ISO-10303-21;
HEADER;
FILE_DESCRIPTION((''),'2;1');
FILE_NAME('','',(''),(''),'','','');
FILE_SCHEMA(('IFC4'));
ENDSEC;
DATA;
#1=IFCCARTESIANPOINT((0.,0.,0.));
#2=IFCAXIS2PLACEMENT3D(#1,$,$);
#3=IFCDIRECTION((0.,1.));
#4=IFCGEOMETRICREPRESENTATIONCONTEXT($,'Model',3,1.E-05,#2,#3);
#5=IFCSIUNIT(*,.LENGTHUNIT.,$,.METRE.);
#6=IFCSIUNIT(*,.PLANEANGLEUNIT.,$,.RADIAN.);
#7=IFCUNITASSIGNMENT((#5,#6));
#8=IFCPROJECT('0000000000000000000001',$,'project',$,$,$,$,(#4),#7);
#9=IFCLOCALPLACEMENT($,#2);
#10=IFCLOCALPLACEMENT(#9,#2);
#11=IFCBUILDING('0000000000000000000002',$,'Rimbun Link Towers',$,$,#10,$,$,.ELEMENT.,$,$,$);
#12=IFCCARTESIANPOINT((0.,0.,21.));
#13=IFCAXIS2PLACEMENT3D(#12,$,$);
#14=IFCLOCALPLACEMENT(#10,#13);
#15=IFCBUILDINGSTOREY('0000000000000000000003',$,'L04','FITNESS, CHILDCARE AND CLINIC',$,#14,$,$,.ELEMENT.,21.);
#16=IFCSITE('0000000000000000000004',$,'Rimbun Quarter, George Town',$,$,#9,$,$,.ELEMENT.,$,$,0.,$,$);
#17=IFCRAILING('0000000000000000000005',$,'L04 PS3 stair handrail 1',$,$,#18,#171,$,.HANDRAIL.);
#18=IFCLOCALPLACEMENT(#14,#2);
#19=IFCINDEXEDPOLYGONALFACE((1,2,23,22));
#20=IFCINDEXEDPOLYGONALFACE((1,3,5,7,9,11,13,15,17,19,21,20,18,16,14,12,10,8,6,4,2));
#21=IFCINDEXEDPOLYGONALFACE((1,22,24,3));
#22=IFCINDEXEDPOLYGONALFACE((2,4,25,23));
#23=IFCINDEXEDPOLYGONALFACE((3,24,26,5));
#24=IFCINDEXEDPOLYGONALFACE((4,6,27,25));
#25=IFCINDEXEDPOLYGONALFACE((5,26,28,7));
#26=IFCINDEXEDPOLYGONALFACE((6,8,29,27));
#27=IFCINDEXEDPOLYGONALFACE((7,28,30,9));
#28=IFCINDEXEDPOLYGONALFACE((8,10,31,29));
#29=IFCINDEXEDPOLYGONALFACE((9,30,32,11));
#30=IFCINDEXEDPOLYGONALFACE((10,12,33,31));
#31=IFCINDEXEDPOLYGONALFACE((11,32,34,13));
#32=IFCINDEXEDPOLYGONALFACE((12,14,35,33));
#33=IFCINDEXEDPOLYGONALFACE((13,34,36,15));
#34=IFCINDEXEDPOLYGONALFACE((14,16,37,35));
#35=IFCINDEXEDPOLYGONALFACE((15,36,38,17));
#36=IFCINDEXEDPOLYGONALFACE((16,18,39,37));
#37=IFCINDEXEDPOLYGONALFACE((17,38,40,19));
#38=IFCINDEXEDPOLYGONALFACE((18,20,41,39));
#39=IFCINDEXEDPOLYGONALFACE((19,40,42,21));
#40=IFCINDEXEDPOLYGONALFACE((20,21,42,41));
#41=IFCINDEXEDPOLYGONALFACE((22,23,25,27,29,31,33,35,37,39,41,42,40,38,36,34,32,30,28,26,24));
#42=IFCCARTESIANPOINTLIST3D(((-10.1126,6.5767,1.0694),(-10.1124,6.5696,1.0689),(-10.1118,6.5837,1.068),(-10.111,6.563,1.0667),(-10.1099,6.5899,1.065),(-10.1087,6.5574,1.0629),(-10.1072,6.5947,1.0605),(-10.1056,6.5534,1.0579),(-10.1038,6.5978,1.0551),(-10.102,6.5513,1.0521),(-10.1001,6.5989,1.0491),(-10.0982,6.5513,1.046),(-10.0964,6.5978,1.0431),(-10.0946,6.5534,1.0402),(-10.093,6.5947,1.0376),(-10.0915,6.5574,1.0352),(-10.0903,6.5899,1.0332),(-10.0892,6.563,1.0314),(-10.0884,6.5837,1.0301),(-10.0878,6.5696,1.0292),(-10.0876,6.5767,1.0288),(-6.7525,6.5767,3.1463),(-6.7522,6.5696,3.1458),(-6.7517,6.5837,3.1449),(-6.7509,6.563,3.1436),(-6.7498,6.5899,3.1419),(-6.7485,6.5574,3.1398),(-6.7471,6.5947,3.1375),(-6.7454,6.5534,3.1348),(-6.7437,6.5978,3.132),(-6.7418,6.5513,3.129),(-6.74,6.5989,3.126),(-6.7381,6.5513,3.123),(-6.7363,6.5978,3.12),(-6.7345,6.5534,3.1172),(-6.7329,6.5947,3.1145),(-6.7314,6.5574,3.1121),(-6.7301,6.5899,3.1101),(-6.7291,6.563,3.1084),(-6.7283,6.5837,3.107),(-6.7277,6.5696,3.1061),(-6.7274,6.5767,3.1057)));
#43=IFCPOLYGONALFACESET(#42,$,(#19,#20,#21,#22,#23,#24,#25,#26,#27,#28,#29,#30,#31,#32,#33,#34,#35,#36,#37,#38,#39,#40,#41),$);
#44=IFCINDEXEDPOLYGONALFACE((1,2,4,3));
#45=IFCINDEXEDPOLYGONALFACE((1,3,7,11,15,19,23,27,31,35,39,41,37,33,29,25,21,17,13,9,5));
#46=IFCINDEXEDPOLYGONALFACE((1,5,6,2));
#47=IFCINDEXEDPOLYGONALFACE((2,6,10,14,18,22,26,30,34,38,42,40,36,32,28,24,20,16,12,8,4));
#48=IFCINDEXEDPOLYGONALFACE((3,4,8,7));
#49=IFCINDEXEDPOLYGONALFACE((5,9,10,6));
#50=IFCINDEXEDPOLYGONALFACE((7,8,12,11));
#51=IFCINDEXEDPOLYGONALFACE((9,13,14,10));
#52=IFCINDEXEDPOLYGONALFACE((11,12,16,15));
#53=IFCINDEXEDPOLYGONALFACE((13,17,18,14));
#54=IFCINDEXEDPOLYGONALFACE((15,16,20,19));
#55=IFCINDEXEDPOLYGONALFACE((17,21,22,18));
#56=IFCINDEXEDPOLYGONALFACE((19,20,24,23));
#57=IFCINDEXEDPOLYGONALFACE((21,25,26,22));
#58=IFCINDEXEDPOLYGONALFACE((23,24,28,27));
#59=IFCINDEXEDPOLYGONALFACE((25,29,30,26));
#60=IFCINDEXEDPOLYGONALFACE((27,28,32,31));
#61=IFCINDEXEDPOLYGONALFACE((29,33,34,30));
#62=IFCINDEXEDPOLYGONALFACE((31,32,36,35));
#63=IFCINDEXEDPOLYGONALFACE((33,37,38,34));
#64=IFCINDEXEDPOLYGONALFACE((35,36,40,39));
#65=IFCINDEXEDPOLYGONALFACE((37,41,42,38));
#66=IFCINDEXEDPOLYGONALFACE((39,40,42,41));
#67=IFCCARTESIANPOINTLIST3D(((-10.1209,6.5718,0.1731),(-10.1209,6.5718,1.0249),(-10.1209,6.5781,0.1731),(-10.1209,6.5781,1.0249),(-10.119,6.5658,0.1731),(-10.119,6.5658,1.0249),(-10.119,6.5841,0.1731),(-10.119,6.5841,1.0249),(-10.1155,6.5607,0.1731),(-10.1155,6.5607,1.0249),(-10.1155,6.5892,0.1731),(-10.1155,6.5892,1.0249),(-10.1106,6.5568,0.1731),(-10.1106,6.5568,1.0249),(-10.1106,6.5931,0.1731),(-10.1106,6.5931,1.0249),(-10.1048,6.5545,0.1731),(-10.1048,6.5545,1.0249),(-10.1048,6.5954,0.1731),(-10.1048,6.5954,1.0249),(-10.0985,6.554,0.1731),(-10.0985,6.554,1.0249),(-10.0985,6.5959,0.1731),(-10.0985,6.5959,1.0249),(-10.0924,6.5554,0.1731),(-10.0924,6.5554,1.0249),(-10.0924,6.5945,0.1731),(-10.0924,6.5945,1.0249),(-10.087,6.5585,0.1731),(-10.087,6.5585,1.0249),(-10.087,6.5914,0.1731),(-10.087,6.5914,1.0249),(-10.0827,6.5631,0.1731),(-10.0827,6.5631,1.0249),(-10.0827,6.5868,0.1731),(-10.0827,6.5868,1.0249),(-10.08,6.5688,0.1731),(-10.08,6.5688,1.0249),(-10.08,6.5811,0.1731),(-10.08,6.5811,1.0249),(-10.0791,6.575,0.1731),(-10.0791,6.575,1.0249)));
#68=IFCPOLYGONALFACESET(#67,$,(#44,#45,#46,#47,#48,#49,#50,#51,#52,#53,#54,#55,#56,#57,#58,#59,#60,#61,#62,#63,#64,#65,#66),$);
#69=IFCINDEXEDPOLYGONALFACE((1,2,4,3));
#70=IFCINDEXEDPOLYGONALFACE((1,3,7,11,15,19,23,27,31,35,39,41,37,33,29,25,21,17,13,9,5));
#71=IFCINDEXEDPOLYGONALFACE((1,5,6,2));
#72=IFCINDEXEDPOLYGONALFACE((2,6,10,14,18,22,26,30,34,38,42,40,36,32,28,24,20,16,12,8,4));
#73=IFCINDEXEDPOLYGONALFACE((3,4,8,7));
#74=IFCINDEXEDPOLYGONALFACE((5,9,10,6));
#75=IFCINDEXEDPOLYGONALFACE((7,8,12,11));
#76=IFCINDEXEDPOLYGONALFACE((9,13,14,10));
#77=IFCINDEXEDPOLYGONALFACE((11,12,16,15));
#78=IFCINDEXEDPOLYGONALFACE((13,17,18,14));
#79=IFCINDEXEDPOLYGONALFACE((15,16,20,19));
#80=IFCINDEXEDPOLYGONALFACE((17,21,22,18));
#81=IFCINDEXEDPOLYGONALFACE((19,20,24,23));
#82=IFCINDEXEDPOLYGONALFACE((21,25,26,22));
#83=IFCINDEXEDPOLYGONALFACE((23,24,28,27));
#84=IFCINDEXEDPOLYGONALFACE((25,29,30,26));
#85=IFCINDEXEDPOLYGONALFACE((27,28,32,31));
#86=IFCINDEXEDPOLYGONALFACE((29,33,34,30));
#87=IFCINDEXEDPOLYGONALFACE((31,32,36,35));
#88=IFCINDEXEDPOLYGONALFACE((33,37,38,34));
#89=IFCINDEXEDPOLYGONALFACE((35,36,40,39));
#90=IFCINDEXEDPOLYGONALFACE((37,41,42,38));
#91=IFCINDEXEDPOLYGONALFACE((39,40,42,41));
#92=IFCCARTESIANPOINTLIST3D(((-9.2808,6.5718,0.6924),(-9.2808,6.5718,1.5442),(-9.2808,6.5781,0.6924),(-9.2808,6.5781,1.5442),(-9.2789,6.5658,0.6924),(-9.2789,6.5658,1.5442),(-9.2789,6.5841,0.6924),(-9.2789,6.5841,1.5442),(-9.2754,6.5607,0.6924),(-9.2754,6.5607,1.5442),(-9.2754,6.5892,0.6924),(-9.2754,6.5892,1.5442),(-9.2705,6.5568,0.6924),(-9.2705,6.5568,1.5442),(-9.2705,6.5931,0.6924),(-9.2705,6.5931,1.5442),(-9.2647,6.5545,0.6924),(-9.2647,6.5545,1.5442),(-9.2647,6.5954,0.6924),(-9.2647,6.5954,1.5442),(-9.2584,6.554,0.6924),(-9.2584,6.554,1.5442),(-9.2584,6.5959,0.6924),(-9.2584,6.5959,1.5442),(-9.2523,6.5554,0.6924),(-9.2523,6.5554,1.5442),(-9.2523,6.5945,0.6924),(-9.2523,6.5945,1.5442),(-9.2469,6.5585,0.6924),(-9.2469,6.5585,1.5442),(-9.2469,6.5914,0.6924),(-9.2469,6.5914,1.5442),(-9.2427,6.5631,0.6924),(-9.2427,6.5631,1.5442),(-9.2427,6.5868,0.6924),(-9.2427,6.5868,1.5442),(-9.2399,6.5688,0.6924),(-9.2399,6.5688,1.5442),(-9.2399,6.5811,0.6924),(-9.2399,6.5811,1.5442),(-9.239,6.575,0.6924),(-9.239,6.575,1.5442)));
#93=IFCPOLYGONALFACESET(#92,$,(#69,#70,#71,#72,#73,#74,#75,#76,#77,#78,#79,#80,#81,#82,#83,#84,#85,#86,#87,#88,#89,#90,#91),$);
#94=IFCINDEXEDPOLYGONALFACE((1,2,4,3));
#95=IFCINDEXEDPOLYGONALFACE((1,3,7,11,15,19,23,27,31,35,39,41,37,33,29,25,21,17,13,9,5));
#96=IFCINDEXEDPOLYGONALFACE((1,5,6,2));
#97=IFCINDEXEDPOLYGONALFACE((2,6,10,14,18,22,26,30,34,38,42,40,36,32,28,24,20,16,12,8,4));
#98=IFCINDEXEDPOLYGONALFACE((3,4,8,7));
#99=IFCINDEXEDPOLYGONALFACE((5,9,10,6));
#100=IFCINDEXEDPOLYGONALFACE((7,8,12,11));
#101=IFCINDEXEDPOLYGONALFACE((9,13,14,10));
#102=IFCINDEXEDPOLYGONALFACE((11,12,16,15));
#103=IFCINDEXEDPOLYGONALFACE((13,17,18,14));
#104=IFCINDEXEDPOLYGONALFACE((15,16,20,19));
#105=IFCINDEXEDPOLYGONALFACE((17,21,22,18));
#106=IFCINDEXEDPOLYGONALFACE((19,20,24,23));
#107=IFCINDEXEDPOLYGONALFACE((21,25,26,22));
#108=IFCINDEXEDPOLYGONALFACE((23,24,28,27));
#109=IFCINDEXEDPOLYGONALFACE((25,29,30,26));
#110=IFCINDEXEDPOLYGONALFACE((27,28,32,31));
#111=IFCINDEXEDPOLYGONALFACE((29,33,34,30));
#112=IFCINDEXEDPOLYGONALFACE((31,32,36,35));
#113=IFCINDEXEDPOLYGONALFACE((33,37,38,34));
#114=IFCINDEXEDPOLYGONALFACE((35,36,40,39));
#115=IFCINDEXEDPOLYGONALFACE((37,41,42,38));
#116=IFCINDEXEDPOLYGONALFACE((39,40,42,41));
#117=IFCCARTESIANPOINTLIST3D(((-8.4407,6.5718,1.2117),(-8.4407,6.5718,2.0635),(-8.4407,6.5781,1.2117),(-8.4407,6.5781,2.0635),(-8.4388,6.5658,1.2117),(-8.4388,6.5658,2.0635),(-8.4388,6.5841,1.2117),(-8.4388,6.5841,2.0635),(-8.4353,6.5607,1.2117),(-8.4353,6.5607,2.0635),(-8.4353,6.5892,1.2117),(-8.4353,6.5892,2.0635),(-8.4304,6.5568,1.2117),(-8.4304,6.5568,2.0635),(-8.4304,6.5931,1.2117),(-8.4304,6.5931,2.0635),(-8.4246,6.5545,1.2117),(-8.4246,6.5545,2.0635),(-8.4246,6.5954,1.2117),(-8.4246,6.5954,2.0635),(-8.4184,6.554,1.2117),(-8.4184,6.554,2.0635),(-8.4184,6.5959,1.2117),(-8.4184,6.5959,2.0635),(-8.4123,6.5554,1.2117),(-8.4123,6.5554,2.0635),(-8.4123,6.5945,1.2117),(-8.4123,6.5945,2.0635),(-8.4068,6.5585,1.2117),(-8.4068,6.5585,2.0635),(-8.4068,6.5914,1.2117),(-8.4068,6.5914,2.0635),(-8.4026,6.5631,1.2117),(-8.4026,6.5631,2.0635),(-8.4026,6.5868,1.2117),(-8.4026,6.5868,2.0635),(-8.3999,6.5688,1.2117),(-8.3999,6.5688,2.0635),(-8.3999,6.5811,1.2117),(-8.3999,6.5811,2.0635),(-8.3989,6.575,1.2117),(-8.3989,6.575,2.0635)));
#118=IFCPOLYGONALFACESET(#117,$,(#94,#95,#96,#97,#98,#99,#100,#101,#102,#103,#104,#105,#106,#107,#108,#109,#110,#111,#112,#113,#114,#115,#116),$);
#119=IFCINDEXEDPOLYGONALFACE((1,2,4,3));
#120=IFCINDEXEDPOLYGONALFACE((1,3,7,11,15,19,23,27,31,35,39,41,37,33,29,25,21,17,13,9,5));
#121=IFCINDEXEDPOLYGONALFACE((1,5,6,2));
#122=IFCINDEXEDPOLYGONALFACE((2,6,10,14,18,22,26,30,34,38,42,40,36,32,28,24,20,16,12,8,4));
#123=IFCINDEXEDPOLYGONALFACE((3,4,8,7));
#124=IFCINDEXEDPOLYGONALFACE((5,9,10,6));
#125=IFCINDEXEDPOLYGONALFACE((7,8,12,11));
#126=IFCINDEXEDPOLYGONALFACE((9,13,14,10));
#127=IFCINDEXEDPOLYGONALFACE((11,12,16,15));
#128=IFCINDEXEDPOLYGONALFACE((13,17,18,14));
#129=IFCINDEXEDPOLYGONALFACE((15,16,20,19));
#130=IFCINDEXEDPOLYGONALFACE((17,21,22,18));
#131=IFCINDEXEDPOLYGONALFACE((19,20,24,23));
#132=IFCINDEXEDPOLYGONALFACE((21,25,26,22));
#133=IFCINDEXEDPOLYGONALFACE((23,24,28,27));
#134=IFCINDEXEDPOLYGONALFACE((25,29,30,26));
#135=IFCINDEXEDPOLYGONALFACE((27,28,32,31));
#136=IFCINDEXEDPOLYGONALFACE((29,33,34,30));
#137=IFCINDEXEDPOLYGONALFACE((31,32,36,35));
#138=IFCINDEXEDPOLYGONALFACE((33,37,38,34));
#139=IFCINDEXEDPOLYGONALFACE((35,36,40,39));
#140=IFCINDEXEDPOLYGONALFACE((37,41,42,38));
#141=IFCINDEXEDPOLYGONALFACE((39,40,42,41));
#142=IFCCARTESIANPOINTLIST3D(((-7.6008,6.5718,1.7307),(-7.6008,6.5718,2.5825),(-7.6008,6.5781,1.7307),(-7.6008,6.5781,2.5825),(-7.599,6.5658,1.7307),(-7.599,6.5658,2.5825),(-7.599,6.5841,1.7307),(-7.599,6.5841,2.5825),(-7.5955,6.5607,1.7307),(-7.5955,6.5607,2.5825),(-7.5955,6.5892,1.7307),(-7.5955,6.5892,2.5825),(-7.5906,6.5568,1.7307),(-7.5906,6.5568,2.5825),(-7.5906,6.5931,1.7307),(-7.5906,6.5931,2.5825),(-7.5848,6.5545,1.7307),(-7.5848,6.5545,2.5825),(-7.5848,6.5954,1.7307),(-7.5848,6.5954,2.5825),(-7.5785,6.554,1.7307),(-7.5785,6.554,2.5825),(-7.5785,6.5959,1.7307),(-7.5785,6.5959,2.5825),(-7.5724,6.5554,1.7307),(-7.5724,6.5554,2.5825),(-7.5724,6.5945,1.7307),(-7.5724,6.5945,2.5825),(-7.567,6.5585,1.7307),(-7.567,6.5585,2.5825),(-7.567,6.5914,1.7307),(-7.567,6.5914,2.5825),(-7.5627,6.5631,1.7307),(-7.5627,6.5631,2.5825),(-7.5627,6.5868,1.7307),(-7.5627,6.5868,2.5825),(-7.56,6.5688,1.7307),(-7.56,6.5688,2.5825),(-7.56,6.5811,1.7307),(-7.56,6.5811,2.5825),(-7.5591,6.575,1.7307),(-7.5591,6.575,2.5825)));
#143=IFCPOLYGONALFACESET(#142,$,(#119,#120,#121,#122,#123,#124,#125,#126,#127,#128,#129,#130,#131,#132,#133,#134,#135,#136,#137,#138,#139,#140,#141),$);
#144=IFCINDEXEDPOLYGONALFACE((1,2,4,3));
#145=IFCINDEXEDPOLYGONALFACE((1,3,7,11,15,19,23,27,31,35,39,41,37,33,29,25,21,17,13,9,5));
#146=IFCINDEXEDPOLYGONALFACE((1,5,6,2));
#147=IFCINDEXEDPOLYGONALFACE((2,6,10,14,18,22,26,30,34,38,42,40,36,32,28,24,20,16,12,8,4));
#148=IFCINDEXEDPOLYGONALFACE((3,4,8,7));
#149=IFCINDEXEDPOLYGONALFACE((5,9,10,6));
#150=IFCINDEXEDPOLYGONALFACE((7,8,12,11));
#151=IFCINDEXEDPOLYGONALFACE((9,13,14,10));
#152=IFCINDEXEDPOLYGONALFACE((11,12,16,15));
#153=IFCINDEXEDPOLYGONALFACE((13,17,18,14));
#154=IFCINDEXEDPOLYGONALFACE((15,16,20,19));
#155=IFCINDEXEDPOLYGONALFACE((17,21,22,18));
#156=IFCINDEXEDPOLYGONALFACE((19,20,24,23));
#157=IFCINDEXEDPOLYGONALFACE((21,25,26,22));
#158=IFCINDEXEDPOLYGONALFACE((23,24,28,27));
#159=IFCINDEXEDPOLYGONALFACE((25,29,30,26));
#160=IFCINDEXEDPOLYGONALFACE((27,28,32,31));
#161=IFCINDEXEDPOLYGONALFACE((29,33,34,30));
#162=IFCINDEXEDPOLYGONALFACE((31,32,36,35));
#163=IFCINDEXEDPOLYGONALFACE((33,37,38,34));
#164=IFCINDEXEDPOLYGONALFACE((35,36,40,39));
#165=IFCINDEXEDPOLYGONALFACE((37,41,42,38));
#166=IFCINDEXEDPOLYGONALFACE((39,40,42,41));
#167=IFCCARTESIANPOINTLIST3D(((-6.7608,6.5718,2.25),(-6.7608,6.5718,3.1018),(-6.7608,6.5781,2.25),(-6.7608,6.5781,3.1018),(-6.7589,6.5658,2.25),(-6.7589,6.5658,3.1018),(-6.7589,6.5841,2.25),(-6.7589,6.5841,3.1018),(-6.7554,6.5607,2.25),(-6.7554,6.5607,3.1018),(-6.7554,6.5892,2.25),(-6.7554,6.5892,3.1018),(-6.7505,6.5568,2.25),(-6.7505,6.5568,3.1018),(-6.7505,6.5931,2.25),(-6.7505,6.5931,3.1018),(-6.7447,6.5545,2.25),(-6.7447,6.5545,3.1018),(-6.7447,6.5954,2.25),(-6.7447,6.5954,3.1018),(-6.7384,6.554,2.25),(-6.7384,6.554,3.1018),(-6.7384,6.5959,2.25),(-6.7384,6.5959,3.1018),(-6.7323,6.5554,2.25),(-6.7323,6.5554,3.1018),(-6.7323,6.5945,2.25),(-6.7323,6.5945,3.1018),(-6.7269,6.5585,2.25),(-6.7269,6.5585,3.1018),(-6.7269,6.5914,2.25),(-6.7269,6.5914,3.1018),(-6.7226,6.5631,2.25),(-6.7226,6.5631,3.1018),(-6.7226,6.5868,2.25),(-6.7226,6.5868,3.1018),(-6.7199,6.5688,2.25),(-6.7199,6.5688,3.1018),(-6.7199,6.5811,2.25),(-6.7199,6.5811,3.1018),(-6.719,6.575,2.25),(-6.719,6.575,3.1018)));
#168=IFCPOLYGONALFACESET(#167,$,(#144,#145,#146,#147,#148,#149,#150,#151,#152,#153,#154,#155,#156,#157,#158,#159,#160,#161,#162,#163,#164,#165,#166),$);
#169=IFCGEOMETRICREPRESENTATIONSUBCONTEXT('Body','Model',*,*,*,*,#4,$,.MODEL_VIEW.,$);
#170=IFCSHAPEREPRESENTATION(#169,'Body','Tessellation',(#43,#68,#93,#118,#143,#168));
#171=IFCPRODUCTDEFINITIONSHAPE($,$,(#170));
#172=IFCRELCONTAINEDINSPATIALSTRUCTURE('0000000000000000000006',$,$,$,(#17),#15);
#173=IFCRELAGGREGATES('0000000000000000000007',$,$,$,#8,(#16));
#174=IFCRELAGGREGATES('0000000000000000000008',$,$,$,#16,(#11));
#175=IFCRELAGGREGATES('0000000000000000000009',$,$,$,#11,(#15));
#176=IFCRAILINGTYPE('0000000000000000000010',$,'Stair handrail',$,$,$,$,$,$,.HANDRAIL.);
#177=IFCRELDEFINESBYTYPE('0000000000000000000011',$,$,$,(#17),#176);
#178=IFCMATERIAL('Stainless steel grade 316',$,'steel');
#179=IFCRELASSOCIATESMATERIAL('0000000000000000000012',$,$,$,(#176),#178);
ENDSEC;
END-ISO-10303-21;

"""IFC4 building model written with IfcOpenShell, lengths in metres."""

from ifc_helpers import new_model, si_unit, direction, frame, origin, origin_2d, place, context, subcontext, project, spatial, circle, extrude, material, type_object, element, save


model = new_model("IFC4")

# Units and contexts
model_context = context("Model", 3, precision=1e-05, world=origin(), true_north=direction((0.0, 1.0)))
body_context = subcontext(model_context, "Body", "Model", "MODEL_VIEW")
ifc_project = project(units=[si_unit("LENGTHUNIT", "METRE"), si_unit("PLANEANGLEUNIT", "RADIAN")], contexts=[model_context])

# Site, building, storey
site_placement = place(None, origin())
site = spatial("IfcSite", under=ifc_project, at=site_placement, Name="Rimbun Quarter, George Town", CompositionType="ELEMENT", RefElevation=0.0)
building_placement = place(site_placement, origin())
building = spatial("IfcBuilding", under=site, at=building_placement, Name="Rimbun Link Towers", CompositionType="ELEMENT")
storey_placement = place(building_placement, frame((0.0, 0.0, 21.0)))
storey = spatial("IfcBuildingStorey", under=building, at=storey_placement, Name="L04", Description="FITNESS, CHILDCARE AND CLINIC", CompositionType="ELEMENT", Elevation=21.0)

# Railing
ifc_material_1 = material(Name="Stainless steel grade 316", Category="steel")
railing_type_1 = type_object("IfcRailingType", Name="Stair handrail", PredefinedType="HANDRAIL", material=ifc_material_1)
railing_1_placement = place(storey_placement, frame((-10.1001, 6.575, 0.1731)))
element("IfcRailing", 1, at=railing_1_placement, inside=storey, type_object=railing_type_1, Name="L04 PS3 stair handrail 1", PredefinedType="HANDRAIL", context=body_context, shape_type="SweptSolid", body=[
    extrude(circle(Radius=0.0239, at=origin_2d()), frame((0.0, 0.0, 0.876), z_axis=(0.850623, 0.0, 0.525776), x_axis=(0.0, 1.0, 0.0)), (0.0, 0.0, 1.0), 3.9502),
    extrude(circle(Radius=0.021, at=origin_2d()), origin(), (0.0, 0.0, 1.0), 0.8518),
    extrude(circle(Radius=0.021, at=origin_2d()), frame((0.8401, 0.0, 0.5193)), (0.0, 0.0, 1.0), 0.8518),
    extrude(circle(Radius=0.021, at=origin_2d()), frame((1.6802, 0.0, 1.0386)), (0.0, 0.0, 1.0), 0.8518),
    extrude(circle(Radius=0.021, at=origin_2d()), frame((2.52, 0.0, 1.5576)), (0.0, 0.0, 1.0), 0.8518),
    extrude(circle(Radius=0.021, at=origin_2d()), frame((3.3601, 0.0, 2.0769)), (0.0, 0.0, 1.0), 0.8518),
])

save(model, "model.ifc")
